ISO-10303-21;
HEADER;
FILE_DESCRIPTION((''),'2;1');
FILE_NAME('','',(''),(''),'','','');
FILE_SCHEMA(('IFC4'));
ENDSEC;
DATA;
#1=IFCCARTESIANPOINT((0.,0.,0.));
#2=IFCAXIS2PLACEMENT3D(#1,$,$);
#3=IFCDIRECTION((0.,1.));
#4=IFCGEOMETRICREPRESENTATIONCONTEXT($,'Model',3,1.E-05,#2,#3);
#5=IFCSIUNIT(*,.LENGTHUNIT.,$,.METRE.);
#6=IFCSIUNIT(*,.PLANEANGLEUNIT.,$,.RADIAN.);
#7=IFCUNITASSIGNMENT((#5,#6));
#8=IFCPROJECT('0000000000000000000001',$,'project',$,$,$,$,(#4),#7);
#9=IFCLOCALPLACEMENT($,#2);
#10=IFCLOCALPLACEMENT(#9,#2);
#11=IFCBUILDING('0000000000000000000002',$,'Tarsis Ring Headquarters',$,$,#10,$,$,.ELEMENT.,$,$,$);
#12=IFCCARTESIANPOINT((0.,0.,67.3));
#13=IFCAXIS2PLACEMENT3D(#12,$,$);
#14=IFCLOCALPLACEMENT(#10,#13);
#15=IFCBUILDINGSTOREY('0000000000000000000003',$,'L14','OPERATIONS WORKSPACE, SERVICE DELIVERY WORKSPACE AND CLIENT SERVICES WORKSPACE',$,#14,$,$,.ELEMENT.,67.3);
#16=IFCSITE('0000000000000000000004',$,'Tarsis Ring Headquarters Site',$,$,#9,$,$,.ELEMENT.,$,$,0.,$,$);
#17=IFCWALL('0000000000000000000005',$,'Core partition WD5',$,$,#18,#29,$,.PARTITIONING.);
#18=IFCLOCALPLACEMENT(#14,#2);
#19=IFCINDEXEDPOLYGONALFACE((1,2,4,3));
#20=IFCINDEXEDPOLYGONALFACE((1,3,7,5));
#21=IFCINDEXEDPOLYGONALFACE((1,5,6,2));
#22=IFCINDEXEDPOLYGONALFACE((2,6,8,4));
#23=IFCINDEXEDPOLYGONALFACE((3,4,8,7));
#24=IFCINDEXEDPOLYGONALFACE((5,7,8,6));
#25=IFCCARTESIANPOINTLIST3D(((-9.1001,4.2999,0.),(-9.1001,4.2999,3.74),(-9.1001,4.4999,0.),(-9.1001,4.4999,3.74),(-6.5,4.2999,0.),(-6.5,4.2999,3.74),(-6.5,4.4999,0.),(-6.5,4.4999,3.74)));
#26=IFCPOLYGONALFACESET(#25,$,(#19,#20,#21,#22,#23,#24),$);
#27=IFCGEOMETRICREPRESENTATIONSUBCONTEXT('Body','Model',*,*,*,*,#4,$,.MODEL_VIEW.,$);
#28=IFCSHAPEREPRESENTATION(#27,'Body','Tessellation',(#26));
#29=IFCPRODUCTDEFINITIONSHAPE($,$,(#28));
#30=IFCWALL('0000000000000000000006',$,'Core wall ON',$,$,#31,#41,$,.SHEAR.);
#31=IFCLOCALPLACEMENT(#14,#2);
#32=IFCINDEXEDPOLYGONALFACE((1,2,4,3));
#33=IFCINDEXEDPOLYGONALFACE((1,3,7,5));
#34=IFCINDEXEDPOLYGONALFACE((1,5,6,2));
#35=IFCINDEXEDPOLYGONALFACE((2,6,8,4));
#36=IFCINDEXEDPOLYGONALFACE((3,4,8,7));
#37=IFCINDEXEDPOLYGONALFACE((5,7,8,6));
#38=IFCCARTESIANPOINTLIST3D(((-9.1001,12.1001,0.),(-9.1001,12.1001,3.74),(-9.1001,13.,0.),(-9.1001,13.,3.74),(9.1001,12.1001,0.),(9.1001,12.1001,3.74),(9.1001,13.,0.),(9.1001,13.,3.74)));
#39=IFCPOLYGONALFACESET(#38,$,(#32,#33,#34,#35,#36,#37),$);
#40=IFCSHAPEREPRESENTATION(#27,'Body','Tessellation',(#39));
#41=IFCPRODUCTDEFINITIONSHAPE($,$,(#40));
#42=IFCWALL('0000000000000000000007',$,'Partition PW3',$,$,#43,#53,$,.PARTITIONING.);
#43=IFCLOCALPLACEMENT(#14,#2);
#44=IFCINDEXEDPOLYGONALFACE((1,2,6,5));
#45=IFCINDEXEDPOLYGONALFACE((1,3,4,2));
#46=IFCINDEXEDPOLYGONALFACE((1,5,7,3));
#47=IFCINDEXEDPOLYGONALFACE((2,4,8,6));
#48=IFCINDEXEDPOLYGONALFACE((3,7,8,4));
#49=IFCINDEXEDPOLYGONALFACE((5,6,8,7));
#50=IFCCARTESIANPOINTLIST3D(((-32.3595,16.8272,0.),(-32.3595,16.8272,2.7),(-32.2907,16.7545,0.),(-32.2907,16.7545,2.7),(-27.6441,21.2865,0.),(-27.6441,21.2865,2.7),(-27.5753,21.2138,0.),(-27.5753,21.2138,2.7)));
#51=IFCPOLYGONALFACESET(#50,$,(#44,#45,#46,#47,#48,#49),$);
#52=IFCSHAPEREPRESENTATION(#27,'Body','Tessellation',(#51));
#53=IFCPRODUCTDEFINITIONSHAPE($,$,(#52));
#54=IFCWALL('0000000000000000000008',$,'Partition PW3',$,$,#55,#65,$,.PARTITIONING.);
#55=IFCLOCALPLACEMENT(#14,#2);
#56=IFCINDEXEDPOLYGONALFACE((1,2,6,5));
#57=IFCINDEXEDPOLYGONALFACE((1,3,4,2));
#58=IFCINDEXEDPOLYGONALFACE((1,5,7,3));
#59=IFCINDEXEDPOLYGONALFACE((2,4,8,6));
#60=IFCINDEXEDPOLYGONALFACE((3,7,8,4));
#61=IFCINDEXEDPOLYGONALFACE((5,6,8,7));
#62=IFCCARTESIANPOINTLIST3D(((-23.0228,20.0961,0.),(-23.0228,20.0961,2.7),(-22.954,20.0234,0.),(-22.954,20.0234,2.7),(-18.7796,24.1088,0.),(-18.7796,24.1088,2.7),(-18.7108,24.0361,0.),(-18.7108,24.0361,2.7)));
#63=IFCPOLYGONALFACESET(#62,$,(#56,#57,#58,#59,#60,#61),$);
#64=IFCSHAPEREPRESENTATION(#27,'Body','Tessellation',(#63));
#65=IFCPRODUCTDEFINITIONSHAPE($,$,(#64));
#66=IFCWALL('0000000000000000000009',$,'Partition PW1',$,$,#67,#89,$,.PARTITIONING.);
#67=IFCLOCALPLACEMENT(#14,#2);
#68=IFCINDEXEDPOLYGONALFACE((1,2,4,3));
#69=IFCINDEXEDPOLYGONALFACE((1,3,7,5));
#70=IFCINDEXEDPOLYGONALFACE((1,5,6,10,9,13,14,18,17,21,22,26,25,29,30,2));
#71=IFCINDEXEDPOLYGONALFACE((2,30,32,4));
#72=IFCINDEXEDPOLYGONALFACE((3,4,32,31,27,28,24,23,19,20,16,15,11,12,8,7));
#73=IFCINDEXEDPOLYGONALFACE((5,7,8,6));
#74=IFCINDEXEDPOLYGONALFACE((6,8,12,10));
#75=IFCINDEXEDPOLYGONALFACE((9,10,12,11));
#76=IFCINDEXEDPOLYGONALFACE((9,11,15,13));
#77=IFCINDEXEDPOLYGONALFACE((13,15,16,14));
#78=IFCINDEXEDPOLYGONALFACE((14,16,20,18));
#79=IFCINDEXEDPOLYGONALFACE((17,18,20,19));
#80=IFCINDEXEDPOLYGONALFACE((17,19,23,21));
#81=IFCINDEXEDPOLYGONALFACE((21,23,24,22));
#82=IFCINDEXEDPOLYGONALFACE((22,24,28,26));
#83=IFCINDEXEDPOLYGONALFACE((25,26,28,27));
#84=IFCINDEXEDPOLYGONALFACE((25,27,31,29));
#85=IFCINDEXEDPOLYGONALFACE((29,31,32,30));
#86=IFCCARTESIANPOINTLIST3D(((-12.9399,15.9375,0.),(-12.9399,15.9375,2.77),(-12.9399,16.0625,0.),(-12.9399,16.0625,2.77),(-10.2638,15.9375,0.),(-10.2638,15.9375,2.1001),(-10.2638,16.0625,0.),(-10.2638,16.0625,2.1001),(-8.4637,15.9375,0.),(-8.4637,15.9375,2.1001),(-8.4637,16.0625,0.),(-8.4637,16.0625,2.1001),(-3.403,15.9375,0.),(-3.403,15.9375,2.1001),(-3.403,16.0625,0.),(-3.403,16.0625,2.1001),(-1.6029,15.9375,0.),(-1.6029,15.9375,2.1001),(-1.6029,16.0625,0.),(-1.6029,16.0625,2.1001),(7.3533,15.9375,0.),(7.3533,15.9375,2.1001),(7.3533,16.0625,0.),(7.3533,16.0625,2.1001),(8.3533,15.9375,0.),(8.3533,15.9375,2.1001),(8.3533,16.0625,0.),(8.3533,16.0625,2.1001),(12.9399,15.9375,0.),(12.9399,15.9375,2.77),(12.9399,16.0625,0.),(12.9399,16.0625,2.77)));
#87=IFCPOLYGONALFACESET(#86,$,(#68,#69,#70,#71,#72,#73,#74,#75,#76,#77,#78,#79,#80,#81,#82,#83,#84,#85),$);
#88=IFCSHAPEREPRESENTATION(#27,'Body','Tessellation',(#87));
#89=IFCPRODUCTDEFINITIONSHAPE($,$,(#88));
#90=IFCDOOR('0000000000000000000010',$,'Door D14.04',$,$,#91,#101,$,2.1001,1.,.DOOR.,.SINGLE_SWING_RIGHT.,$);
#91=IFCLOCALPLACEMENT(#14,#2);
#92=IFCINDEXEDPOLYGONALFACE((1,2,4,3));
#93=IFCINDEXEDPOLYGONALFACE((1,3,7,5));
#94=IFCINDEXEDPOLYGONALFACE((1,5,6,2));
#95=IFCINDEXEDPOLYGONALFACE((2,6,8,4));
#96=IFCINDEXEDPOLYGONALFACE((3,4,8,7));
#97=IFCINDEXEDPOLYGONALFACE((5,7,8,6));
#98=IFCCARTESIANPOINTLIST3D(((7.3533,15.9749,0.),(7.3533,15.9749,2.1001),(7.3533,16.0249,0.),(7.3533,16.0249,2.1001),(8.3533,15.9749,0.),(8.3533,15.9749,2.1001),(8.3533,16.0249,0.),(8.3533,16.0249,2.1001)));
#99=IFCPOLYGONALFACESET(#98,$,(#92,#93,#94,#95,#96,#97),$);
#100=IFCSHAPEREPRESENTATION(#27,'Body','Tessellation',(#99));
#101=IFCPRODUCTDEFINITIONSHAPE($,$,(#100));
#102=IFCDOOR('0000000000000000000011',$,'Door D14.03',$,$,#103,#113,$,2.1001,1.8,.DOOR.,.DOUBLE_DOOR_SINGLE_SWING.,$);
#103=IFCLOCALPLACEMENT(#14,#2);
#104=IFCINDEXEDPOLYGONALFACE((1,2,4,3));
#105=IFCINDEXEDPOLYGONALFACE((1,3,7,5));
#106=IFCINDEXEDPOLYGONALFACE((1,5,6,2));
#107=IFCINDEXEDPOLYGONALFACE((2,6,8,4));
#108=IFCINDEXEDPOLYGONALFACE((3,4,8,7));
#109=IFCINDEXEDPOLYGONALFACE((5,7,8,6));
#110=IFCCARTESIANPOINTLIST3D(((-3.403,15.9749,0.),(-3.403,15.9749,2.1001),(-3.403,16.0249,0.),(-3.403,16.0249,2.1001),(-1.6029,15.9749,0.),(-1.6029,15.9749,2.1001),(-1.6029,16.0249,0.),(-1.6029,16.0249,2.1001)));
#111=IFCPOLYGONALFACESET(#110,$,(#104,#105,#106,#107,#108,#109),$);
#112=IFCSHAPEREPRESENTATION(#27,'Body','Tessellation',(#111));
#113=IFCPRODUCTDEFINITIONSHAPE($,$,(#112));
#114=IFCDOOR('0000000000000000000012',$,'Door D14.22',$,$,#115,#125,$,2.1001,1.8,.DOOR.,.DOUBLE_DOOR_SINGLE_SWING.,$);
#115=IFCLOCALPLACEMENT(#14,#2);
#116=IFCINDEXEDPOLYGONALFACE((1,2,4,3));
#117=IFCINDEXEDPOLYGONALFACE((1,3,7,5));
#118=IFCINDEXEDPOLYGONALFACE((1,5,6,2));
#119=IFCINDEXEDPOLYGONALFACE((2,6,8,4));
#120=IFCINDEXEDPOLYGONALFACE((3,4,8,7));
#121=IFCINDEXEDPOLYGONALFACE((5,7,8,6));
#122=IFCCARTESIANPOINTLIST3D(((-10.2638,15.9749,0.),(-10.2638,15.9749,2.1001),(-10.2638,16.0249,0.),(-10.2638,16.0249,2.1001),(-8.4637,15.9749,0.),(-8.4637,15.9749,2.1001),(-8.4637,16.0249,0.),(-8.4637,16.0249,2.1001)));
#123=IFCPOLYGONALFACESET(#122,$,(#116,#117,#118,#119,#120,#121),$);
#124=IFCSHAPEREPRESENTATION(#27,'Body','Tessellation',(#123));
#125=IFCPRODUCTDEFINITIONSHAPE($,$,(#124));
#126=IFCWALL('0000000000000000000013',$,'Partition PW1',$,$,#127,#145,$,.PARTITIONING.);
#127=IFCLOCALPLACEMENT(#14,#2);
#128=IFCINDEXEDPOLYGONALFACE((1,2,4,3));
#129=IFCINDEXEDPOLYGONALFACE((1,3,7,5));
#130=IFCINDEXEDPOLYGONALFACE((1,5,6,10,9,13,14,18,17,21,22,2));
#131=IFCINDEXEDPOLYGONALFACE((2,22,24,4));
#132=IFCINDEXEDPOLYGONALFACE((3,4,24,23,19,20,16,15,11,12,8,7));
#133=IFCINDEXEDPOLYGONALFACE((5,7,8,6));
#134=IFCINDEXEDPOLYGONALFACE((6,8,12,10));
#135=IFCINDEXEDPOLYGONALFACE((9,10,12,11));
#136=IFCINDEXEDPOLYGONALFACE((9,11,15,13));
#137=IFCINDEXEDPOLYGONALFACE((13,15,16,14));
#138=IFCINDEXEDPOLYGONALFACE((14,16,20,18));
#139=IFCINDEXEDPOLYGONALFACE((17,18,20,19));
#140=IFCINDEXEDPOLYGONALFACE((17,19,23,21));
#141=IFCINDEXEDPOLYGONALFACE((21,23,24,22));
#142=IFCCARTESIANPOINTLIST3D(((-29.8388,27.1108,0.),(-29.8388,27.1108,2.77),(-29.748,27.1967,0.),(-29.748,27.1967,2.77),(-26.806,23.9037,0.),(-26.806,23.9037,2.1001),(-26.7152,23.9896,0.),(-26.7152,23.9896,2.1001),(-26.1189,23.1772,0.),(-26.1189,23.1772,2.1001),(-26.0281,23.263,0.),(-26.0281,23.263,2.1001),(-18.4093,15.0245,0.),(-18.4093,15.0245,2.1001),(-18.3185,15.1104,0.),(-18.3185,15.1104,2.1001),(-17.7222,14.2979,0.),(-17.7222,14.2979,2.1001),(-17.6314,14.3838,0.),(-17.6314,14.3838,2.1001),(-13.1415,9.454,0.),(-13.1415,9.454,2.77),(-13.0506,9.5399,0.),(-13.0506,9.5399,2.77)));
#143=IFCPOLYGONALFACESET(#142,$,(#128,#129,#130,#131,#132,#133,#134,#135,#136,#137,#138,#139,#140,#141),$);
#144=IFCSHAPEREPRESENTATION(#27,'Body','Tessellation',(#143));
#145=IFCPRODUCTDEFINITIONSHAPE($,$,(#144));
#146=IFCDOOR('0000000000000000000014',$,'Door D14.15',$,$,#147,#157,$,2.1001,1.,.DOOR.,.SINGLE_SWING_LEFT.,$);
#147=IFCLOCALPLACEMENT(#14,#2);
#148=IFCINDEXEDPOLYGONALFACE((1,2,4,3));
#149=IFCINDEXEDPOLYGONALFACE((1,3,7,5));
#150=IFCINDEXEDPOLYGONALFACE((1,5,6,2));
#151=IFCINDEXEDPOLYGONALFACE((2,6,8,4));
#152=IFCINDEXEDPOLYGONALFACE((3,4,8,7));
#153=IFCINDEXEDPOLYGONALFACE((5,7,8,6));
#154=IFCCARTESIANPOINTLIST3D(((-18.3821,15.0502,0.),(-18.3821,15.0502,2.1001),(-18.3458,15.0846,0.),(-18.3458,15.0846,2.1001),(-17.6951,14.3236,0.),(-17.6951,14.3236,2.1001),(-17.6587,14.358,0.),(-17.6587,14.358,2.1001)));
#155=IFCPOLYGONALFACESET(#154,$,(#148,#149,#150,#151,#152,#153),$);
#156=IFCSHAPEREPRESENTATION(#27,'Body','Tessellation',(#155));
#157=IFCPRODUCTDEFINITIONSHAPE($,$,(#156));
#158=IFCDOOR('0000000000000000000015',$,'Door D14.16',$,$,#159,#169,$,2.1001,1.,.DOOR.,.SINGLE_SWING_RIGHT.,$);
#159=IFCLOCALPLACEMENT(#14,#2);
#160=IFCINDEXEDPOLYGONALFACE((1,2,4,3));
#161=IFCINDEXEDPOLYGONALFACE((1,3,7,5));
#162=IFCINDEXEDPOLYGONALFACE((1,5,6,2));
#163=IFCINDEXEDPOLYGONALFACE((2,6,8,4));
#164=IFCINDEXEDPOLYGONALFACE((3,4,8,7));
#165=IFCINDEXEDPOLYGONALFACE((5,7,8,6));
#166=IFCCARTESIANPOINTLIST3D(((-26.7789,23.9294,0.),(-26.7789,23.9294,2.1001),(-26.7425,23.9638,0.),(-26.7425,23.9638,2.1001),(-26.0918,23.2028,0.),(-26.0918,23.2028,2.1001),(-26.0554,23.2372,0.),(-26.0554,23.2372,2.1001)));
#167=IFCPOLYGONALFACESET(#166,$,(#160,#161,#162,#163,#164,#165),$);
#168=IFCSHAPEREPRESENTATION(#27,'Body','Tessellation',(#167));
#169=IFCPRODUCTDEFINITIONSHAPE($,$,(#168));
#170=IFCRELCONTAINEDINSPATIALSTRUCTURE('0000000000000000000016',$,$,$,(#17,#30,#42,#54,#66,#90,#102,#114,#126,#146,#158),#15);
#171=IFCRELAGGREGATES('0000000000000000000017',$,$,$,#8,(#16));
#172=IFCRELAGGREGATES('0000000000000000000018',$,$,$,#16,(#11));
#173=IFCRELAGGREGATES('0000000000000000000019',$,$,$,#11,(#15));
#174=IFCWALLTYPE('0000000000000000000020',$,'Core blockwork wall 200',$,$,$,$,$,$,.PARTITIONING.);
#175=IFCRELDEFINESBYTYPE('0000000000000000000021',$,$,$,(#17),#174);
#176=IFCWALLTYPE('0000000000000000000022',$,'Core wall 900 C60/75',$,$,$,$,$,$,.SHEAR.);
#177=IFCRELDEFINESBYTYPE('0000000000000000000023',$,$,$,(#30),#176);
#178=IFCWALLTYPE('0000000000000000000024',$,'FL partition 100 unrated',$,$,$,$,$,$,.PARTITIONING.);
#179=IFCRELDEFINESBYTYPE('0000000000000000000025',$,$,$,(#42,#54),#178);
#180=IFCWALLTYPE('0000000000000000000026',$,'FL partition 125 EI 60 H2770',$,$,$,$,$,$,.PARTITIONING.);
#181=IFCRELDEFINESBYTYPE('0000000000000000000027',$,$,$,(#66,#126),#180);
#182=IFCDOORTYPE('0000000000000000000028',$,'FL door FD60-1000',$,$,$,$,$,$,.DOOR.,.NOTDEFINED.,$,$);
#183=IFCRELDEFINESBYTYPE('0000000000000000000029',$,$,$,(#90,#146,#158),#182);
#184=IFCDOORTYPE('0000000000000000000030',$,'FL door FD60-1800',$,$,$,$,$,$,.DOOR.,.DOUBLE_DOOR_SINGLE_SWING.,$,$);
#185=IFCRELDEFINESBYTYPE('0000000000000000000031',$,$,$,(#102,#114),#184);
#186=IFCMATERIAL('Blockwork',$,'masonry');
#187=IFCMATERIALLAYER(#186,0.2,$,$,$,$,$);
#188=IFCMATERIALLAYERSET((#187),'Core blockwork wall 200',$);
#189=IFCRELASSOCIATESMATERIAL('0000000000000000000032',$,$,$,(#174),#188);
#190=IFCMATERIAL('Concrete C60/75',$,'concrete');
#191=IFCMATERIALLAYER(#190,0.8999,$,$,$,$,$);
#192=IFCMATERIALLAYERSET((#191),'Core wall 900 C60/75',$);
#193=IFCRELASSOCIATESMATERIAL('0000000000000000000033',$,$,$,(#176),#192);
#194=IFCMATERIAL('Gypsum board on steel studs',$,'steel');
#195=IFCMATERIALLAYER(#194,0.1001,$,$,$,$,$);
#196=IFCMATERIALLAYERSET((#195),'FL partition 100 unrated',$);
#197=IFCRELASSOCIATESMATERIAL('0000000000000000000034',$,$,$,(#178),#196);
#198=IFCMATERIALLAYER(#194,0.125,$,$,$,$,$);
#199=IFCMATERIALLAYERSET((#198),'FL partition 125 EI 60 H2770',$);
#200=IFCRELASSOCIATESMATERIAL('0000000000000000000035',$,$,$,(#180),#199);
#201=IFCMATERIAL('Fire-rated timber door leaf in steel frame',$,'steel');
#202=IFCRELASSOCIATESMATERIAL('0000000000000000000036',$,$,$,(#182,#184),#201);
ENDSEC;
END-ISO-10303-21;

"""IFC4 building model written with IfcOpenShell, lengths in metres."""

from ifc_helpers import new_model, si_unit, direction, frame, frame_2d, origin, place, context, subcontext, project, spatial, rectangle, extrude, material, layer, layer_set, type_object, element, fill, save


model = new_model("IFC4")

# Units and contexts
model_context = context("Model", 3, precision=1e-05, world=origin(), true_north=direction((0.0, 1.0)))
body_context = subcontext(model_context, "Body", "Model", "MODEL_VIEW")
ifc_project = project(units=[si_unit("LENGTHUNIT", "METRE"), si_unit("PLANEANGLEUNIT", "RADIAN")], contexts=[model_context])

# Site, building, storey
site_placement = place(None, origin())
site = spatial("IfcSite", under=ifc_project, at=site_placement, Name="Tarsis Ring Headquarters Site", CompositionType="ELEMENT", RefElevation=0.0)
building_placement = place(site_placement, origin())
building = spatial("IfcBuilding", under=site, at=building_placement, Name="Tarsis Ring Headquarters", CompositionType="ELEMENT")
storey_placement = place(building_placement, frame((0.0, 0.0, 67.3)))
storey = spatial("IfcBuildingStorey", under=building, at=storey_placement, Name="L14", Description="OPERATIONS WORKSPACE, SERVICE DELIVERY WORKSPACE AND CLIENT SERVICES WORKSPACE", CompositionType="ELEMENT", Elevation=67.3)

# Walls
ifc_material_1 = material(Name="Blockwork", Category="masonry")
ifc_layer_1 = layer(ifc_material_1, 0.2)
ifc_layer_set_1 = layer_set([ifc_layer_1], Name="Core blockwork wall 200")
wall_type_1 = type_object("IfcWallType", Name="Core blockwork wall 200", PredefinedType="PARTITIONING", material=ifc_layer_set_1)
wall_1_placement = place(storey_placement, frame((-9.1001, 4.3999, 0.0), z_axis=(0.0, 0.0, 1.0), x_axis=(1.0, 0.0, 0.0)))
element("IfcWall", 1, at=wall_1_placement, inside=storey, type_object=wall_type_1, Name="Core partition WD5", PredefinedType="PARTITIONING", context=body_context, shape_type="SweptSolid", body=[
    extrude(rectangle(XDim=2.6001, YDim=0.2, at=frame_2d((1.3, 0.0))), origin(), (0.0, 0.0, 1.0), 3.74),
])
ifc_material_2 = material(Name="Concrete C60/75", Category="concrete")
ifc_layer_2 = layer(ifc_material_2, 0.8999)
ifc_layer_set_2 = layer_set([ifc_layer_2], Name="Core wall 900 C60/75")
wall_type_2 = type_object("IfcWallType", Name="Core wall 900 C60/75", PredefinedType="SHEAR", material=ifc_layer_set_2)
wall_2_placement = place(storey_placement, frame((-9.1001, 12.55, 0.0), z_axis=(0.0, 0.0, 1.0), x_axis=(1.0, 0.0, 0.0)))
element("IfcWall", 2, at=wall_2_placement, inside=storey, type_object=wall_type_2, Name="Core wall ON", PredefinedType="SHEAR", context=body_context, shape_type="SweptSolid", body=[
    extrude(rectangle(XDim=18.2002, YDim=0.8999, at=frame_2d((9.1001, 0.0))), origin(), (0.0, 0.0, 1.0), 3.74),
])
ifc_material_3 = material(Name="Gypsum board on steel studs", Category="steel")
ifc_layer_3 = layer(ifc_material_3, 0.1001)
ifc_layer_set_3 = layer_set([ifc_layer_3], Name="FL partition 100 unrated")
wall_type_3 = type_object("IfcWallType", Name="FL partition 100 unrated", PredefinedType="PARTITIONING", material=ifc_layer_set_3)
wall_3_placement = place(storey_placement, frame((-32.3252, 16.7908, 0.0), z_axis=(0.0, 0.0, 1.0), x_axis=(0.726562, 0.687101, 0.0)))
element("IfcWall", 3, at=wall_3_placement, inside=storey, type_object=wall_type_3, Name="Partition PW3", PredefinedType="PARTITIONING", context=body_context, shape_type="SweptSolid", body=[
    extrude(rectangle(XDim=6.49, YDim=0.1001, at=frame_2d((3.2451, 0.0))), origin(), (0.0, 0.0, 1.0), 2.7),
])
wall_4_placement = place(storey_placement, frame((-22.9883, 20.0598, 0.0), z_axis=(0.0, 0.0, 1.0), x_axis=(0.726563, 0.6871, 0.0)))
element("IfcWall", 4, at=wall_4_placement, inside=storey, type_object=wall_type_3, Name="Partition PW3", PredefinedType="PARTITIONING", context=body_context, shape_type="SweptSolid", body=[
    extrude(rectangle(XDim=5.8401, YDim=0.1001, at=frame_2d((2.9199, 0.0))), origin(), (0.0, 0.0, 1.0), 2.7),
])

# Walls, openings, doors
ifc_layer_4 = layer(ifc_material_3, 0.125)
ifc_layer_set_4 = layer_set([ifc_layer_4], Name="FL partition 125 EI 60 H2770")
wall_type_4 = type_object("IfcWallType", Name="FL partition 125 EI 60 H2770", PredefinedType="PARTITIONING", material=ifc_layer_set_4)
wall_5_placement = place(storey_placement, frame((-12.9399, 16.0, 0.0), z_axis=(0.0, 0.0, 1.0), x_axis=(1.0, 0.0, 0.0)))
wall_5 = element("IfcWall", 5, at=wall_5_placement, inside=storey, type_object=wall_type_4, Name="Partition PW1", PredefinedType="PARTITIONING", context=body_context, shape_type="SweptSolid", body=[
    extrude(rectangle(XDim=25.8799, YDim=0.125, at=frame_2d((12.9399, 0.0))), origin(), (0.0, 0.0, 1.0), 2.77),
])
opening_1_placement = place(wall_5_placement, frame((9.5371, 0.0, 0.0)))
opening_1 = element("IfcOpeningElement", 6, at=opening_1_placement, cuts=wall_5, PredefinedType="OPENING", context=body_context, shape_type="SweptSolid", body=[
    extrude(rectangle(XDim=1.8, YDim=2.1001, at=frame_2d((0.8999, 1.05))), frame((0.0, 0.0725, 0.0), z_axis=(0.0, -1.0, 0.0), x_axis=(1.0, 0.0, 0.0)), (0.0, 0.0, 1.0), 0.145),
])
opening_2_placement = place(wall_5_placement, frame((20.2932, 0.0, 0.0)))
opening_2 = element("IfcOpeningElement", 7, at=opening_2_placement, cuts=wall_5, PredefinedType="OPENING", context=body_context, shape_type="SweptSolid", body=[
    extrude(rectangle(XDim=1.0, YDim=2.1001, at=frame_2d((0.5, 1.05))), frame((0.0, 0.0725, 0.0), z_axis=(0.0, -1.0, 0.0), x_axis=(1.0, 0.0, 0.0)), (0.0, 0.0, 1.0), 0.145),
])
opening_3_placement = place(wall_5_placement, frame((2.6763, 0.0, 0.0)))
opening_3 = element("IfcOpeningElement", 8, at=opening_3_placement, cuts=wall_5, PredefinedType="OPENING", context=body_context, shape_type="SweptSolid", body=[
    extrude(rectangle(XDim=1.8, YDim=2.1001, at=frame_2d((0.8999, 1.05))), frame((0.0, 0.0725, 0.0), z_axis=(0.0, -1.0, 0.0), x_axis=(1.0, 0.0, 0.0)), (0.0, 0.0, 1.0), 0.145),
])
ifc_material_4 = material(Name="Fire-rated timber door leaf in steel frame", Category="steel")
door_type_1 = type_object("IfcDoorType", Name="FL door FD60-1000", OperationType="NOTDEFINED", PredefinedType="DOOR", material=ifc_material_4)
door_1_placement = place(opening_2_placement, origin())
door_1 = element("IfcDoor", 9, at=door_1_placement, inside=storey, type_object=door_type_1, Name="Door D14.04", OperationType="SINGLE_SWING_RIGHT", OverallHeight=2.1001, OverallWidth=1.0, PredefinedType="DOOR", context=body_context, shape_type="SweptSolid", body=[
    extrude(rectangle(XDim=1.0, YDim=2.1001, at=frame_2d((0.5, 1.05))), frame((0.0, 0.0249, 0.0), z_axis=(0.0, -1.0, 0.0), x_axis=(1.0, 0.0, 0.0)), (0.0, 0.0, 1.0), 0.05),
])
fill(opening_2, door_1)
door_type_2 = type_object("IfcDoorType", Name="FL door FD60-1800", OperationType="DOUBLE_DOOR_SINGLE_SWING", PredefinedType="DOOR", material=ifc_material_4)
door_2_placement = place(opening_1_placement, origin())
door_2 = element("IfcDoor", 10, at=door_2_placement, inside=storey, type_object=door_type_2, Name="Door D14.03", OperationType="DOUBLE_DOOR_SINGLE_SWING", OverallHeight=2.1001, OverallWidth=1.8, PredefinedType="DOOR", context=body_context, shape_type="SweptSolid", body=[
    extrude(rectangle(XDim=1.8, YDim=2.1001, at=frame_2d((0.8999, 1.05))), frame((0.0, 0.0249, 0.0), z_axis=(0.0, -1.0, 0.0), x_axis=(1.0, 0.0, 0.0)), (0.0, 0.0, 1.0), 0.05),
])
fill(opening_1, door_2)
door_3_placement = place(opening_3_placement, origin())
door_3 = element("IfcDoor", 11, at=door_3_placement, inside=storey, type_object=door_type_2, Name="Door D14.22", OperationType="DOUBLE_DOOR_SINGLE_SWING", OverallHeight=2.1001, OverallWidth=1.8, PredefinedType="DOOR", context=body_context, shape_type="SweptSolid", body=[
    extrude(rectangle(XDim=1.8, YDim=2.1001, at=frame_2d((0.8999, 1.05))), frame((0.0, 0.0249, 0.0), z_axis=(0.0, -1.0, 0.0), x_axis=(1.0, 0.0, 0.0)), (0.0, 0.0, 1.0), 0.05),
])
fill(opening_3, door_3)
wall_6_placement = place(storey_placement, frame((-29.7935, 27.1538, 0.0), z_axis=(0.0, 0.0, 1.0), x_axis=(0.68709, -0.726572, 0.0)))
wall_6 = element("IfcWall", 12, at=wall_6_placement, inside=storey, type_object=wall_type_4, Name="Partition PW1", PredefinedType="PARTITIONING", context=body_context, shape_type="SweptSolid", body=[
    extrude(rectangle(XDim=24.3015, YDim=0.125, at=frame_2d((12.1509, 0.0))), origin(), (0.0, 0.0, 1.0), 2.77),
])
opening_4_placement = place(wall_6_placement, frame((16.6348, 0.0, 0.0)))
opening_4 = element("IfcOpeningElement", 13, at=opening_4_placement, cuts=wall_6, PredefinedType="OPENING", context=body_context, shape_type="SweptSolid", body=[
    extrude(rectangle(XDim=1.0, YDim=2.1001, at=frame_2d((0.5, 1.05))), frame((0.0, 0.0725, 0.0), z_axis=(0.0, -1.0, 0.0), x_axis=(1.0, 0.0, 0.0)), (0.0, 0.0, 1.0), 0.145),
])
opening_5_placement = place(wall_6_placement, frame((4.4141, 0.0, 0.0)))
opening_5 = element("IfcOpeningElement", 14, at=opening_5_placement, cuts=wall_6, PredefinedType="OPENING", context=body_context, shape_type="SweptSolid", body=[
    extrude(rectangle(XDim=1.0, YDim=2.1001, at=frame_2d((0.5, 1.05))), frame((0.0, 0.0725, 0.0), z_axis=(0.0, -1.0, 0.0), x_axis=(1.0, 0.0, 0.0)), (0.0, 0.0, 1.0), 0.145),
])
door_4_placement = place(opening_4_placement, origin())
door_4 = element("IfcDoor", 15, at=door_4_placement, inside=storey, type_object=door_type_1, Name="Door D14.15", OperationType="SINGLE_SWING_LEFT", OverallHeight=2.1001, OverallWidth=1.0, PredefinedType="DOOR", context=body_context, shape_type="SweptSolid", body=[
    extrude(rectangle(XDim=1.0, YDim=2.1001, at=frame_2d((0.5, 1.05))), frame((0.0, 0.0249, 0.0), z_axis=(0.0, -1.0, 0.0), x_axis=(1.0, 0.0, 0.0)), (0.0, 0.0, 1.0), 0.05),
])
fill(opening_4, door_4)
door_5_placement = place(opening_5_placement, origin())
door_5 = element("IfcDoor", 16, at=door_5_placement, inside=storey, type_object=door_type_1, Name="Door D14.16", OperationType="SINGLE_SWING_RIGHT", OverallHeight=2.1001, OverallWidth=1.0, PredefinedType="DOOR", context=body_context, shape_type="SweptSolid", body=[
    extrude(rectangle(XDim=1.0, YDim=2.1001, at=frame_2d((0.5, 1.05))), frame((0.0, 0.0249, 0.0), z_axis=(0.0, -1.0, 0.0), x_axis=(1.0, 0.0, 0.0)), (0.0, 0.0, 1.0), 0.05),
])
fill(opening_5, door_5)

save(model, "model.ifc")
